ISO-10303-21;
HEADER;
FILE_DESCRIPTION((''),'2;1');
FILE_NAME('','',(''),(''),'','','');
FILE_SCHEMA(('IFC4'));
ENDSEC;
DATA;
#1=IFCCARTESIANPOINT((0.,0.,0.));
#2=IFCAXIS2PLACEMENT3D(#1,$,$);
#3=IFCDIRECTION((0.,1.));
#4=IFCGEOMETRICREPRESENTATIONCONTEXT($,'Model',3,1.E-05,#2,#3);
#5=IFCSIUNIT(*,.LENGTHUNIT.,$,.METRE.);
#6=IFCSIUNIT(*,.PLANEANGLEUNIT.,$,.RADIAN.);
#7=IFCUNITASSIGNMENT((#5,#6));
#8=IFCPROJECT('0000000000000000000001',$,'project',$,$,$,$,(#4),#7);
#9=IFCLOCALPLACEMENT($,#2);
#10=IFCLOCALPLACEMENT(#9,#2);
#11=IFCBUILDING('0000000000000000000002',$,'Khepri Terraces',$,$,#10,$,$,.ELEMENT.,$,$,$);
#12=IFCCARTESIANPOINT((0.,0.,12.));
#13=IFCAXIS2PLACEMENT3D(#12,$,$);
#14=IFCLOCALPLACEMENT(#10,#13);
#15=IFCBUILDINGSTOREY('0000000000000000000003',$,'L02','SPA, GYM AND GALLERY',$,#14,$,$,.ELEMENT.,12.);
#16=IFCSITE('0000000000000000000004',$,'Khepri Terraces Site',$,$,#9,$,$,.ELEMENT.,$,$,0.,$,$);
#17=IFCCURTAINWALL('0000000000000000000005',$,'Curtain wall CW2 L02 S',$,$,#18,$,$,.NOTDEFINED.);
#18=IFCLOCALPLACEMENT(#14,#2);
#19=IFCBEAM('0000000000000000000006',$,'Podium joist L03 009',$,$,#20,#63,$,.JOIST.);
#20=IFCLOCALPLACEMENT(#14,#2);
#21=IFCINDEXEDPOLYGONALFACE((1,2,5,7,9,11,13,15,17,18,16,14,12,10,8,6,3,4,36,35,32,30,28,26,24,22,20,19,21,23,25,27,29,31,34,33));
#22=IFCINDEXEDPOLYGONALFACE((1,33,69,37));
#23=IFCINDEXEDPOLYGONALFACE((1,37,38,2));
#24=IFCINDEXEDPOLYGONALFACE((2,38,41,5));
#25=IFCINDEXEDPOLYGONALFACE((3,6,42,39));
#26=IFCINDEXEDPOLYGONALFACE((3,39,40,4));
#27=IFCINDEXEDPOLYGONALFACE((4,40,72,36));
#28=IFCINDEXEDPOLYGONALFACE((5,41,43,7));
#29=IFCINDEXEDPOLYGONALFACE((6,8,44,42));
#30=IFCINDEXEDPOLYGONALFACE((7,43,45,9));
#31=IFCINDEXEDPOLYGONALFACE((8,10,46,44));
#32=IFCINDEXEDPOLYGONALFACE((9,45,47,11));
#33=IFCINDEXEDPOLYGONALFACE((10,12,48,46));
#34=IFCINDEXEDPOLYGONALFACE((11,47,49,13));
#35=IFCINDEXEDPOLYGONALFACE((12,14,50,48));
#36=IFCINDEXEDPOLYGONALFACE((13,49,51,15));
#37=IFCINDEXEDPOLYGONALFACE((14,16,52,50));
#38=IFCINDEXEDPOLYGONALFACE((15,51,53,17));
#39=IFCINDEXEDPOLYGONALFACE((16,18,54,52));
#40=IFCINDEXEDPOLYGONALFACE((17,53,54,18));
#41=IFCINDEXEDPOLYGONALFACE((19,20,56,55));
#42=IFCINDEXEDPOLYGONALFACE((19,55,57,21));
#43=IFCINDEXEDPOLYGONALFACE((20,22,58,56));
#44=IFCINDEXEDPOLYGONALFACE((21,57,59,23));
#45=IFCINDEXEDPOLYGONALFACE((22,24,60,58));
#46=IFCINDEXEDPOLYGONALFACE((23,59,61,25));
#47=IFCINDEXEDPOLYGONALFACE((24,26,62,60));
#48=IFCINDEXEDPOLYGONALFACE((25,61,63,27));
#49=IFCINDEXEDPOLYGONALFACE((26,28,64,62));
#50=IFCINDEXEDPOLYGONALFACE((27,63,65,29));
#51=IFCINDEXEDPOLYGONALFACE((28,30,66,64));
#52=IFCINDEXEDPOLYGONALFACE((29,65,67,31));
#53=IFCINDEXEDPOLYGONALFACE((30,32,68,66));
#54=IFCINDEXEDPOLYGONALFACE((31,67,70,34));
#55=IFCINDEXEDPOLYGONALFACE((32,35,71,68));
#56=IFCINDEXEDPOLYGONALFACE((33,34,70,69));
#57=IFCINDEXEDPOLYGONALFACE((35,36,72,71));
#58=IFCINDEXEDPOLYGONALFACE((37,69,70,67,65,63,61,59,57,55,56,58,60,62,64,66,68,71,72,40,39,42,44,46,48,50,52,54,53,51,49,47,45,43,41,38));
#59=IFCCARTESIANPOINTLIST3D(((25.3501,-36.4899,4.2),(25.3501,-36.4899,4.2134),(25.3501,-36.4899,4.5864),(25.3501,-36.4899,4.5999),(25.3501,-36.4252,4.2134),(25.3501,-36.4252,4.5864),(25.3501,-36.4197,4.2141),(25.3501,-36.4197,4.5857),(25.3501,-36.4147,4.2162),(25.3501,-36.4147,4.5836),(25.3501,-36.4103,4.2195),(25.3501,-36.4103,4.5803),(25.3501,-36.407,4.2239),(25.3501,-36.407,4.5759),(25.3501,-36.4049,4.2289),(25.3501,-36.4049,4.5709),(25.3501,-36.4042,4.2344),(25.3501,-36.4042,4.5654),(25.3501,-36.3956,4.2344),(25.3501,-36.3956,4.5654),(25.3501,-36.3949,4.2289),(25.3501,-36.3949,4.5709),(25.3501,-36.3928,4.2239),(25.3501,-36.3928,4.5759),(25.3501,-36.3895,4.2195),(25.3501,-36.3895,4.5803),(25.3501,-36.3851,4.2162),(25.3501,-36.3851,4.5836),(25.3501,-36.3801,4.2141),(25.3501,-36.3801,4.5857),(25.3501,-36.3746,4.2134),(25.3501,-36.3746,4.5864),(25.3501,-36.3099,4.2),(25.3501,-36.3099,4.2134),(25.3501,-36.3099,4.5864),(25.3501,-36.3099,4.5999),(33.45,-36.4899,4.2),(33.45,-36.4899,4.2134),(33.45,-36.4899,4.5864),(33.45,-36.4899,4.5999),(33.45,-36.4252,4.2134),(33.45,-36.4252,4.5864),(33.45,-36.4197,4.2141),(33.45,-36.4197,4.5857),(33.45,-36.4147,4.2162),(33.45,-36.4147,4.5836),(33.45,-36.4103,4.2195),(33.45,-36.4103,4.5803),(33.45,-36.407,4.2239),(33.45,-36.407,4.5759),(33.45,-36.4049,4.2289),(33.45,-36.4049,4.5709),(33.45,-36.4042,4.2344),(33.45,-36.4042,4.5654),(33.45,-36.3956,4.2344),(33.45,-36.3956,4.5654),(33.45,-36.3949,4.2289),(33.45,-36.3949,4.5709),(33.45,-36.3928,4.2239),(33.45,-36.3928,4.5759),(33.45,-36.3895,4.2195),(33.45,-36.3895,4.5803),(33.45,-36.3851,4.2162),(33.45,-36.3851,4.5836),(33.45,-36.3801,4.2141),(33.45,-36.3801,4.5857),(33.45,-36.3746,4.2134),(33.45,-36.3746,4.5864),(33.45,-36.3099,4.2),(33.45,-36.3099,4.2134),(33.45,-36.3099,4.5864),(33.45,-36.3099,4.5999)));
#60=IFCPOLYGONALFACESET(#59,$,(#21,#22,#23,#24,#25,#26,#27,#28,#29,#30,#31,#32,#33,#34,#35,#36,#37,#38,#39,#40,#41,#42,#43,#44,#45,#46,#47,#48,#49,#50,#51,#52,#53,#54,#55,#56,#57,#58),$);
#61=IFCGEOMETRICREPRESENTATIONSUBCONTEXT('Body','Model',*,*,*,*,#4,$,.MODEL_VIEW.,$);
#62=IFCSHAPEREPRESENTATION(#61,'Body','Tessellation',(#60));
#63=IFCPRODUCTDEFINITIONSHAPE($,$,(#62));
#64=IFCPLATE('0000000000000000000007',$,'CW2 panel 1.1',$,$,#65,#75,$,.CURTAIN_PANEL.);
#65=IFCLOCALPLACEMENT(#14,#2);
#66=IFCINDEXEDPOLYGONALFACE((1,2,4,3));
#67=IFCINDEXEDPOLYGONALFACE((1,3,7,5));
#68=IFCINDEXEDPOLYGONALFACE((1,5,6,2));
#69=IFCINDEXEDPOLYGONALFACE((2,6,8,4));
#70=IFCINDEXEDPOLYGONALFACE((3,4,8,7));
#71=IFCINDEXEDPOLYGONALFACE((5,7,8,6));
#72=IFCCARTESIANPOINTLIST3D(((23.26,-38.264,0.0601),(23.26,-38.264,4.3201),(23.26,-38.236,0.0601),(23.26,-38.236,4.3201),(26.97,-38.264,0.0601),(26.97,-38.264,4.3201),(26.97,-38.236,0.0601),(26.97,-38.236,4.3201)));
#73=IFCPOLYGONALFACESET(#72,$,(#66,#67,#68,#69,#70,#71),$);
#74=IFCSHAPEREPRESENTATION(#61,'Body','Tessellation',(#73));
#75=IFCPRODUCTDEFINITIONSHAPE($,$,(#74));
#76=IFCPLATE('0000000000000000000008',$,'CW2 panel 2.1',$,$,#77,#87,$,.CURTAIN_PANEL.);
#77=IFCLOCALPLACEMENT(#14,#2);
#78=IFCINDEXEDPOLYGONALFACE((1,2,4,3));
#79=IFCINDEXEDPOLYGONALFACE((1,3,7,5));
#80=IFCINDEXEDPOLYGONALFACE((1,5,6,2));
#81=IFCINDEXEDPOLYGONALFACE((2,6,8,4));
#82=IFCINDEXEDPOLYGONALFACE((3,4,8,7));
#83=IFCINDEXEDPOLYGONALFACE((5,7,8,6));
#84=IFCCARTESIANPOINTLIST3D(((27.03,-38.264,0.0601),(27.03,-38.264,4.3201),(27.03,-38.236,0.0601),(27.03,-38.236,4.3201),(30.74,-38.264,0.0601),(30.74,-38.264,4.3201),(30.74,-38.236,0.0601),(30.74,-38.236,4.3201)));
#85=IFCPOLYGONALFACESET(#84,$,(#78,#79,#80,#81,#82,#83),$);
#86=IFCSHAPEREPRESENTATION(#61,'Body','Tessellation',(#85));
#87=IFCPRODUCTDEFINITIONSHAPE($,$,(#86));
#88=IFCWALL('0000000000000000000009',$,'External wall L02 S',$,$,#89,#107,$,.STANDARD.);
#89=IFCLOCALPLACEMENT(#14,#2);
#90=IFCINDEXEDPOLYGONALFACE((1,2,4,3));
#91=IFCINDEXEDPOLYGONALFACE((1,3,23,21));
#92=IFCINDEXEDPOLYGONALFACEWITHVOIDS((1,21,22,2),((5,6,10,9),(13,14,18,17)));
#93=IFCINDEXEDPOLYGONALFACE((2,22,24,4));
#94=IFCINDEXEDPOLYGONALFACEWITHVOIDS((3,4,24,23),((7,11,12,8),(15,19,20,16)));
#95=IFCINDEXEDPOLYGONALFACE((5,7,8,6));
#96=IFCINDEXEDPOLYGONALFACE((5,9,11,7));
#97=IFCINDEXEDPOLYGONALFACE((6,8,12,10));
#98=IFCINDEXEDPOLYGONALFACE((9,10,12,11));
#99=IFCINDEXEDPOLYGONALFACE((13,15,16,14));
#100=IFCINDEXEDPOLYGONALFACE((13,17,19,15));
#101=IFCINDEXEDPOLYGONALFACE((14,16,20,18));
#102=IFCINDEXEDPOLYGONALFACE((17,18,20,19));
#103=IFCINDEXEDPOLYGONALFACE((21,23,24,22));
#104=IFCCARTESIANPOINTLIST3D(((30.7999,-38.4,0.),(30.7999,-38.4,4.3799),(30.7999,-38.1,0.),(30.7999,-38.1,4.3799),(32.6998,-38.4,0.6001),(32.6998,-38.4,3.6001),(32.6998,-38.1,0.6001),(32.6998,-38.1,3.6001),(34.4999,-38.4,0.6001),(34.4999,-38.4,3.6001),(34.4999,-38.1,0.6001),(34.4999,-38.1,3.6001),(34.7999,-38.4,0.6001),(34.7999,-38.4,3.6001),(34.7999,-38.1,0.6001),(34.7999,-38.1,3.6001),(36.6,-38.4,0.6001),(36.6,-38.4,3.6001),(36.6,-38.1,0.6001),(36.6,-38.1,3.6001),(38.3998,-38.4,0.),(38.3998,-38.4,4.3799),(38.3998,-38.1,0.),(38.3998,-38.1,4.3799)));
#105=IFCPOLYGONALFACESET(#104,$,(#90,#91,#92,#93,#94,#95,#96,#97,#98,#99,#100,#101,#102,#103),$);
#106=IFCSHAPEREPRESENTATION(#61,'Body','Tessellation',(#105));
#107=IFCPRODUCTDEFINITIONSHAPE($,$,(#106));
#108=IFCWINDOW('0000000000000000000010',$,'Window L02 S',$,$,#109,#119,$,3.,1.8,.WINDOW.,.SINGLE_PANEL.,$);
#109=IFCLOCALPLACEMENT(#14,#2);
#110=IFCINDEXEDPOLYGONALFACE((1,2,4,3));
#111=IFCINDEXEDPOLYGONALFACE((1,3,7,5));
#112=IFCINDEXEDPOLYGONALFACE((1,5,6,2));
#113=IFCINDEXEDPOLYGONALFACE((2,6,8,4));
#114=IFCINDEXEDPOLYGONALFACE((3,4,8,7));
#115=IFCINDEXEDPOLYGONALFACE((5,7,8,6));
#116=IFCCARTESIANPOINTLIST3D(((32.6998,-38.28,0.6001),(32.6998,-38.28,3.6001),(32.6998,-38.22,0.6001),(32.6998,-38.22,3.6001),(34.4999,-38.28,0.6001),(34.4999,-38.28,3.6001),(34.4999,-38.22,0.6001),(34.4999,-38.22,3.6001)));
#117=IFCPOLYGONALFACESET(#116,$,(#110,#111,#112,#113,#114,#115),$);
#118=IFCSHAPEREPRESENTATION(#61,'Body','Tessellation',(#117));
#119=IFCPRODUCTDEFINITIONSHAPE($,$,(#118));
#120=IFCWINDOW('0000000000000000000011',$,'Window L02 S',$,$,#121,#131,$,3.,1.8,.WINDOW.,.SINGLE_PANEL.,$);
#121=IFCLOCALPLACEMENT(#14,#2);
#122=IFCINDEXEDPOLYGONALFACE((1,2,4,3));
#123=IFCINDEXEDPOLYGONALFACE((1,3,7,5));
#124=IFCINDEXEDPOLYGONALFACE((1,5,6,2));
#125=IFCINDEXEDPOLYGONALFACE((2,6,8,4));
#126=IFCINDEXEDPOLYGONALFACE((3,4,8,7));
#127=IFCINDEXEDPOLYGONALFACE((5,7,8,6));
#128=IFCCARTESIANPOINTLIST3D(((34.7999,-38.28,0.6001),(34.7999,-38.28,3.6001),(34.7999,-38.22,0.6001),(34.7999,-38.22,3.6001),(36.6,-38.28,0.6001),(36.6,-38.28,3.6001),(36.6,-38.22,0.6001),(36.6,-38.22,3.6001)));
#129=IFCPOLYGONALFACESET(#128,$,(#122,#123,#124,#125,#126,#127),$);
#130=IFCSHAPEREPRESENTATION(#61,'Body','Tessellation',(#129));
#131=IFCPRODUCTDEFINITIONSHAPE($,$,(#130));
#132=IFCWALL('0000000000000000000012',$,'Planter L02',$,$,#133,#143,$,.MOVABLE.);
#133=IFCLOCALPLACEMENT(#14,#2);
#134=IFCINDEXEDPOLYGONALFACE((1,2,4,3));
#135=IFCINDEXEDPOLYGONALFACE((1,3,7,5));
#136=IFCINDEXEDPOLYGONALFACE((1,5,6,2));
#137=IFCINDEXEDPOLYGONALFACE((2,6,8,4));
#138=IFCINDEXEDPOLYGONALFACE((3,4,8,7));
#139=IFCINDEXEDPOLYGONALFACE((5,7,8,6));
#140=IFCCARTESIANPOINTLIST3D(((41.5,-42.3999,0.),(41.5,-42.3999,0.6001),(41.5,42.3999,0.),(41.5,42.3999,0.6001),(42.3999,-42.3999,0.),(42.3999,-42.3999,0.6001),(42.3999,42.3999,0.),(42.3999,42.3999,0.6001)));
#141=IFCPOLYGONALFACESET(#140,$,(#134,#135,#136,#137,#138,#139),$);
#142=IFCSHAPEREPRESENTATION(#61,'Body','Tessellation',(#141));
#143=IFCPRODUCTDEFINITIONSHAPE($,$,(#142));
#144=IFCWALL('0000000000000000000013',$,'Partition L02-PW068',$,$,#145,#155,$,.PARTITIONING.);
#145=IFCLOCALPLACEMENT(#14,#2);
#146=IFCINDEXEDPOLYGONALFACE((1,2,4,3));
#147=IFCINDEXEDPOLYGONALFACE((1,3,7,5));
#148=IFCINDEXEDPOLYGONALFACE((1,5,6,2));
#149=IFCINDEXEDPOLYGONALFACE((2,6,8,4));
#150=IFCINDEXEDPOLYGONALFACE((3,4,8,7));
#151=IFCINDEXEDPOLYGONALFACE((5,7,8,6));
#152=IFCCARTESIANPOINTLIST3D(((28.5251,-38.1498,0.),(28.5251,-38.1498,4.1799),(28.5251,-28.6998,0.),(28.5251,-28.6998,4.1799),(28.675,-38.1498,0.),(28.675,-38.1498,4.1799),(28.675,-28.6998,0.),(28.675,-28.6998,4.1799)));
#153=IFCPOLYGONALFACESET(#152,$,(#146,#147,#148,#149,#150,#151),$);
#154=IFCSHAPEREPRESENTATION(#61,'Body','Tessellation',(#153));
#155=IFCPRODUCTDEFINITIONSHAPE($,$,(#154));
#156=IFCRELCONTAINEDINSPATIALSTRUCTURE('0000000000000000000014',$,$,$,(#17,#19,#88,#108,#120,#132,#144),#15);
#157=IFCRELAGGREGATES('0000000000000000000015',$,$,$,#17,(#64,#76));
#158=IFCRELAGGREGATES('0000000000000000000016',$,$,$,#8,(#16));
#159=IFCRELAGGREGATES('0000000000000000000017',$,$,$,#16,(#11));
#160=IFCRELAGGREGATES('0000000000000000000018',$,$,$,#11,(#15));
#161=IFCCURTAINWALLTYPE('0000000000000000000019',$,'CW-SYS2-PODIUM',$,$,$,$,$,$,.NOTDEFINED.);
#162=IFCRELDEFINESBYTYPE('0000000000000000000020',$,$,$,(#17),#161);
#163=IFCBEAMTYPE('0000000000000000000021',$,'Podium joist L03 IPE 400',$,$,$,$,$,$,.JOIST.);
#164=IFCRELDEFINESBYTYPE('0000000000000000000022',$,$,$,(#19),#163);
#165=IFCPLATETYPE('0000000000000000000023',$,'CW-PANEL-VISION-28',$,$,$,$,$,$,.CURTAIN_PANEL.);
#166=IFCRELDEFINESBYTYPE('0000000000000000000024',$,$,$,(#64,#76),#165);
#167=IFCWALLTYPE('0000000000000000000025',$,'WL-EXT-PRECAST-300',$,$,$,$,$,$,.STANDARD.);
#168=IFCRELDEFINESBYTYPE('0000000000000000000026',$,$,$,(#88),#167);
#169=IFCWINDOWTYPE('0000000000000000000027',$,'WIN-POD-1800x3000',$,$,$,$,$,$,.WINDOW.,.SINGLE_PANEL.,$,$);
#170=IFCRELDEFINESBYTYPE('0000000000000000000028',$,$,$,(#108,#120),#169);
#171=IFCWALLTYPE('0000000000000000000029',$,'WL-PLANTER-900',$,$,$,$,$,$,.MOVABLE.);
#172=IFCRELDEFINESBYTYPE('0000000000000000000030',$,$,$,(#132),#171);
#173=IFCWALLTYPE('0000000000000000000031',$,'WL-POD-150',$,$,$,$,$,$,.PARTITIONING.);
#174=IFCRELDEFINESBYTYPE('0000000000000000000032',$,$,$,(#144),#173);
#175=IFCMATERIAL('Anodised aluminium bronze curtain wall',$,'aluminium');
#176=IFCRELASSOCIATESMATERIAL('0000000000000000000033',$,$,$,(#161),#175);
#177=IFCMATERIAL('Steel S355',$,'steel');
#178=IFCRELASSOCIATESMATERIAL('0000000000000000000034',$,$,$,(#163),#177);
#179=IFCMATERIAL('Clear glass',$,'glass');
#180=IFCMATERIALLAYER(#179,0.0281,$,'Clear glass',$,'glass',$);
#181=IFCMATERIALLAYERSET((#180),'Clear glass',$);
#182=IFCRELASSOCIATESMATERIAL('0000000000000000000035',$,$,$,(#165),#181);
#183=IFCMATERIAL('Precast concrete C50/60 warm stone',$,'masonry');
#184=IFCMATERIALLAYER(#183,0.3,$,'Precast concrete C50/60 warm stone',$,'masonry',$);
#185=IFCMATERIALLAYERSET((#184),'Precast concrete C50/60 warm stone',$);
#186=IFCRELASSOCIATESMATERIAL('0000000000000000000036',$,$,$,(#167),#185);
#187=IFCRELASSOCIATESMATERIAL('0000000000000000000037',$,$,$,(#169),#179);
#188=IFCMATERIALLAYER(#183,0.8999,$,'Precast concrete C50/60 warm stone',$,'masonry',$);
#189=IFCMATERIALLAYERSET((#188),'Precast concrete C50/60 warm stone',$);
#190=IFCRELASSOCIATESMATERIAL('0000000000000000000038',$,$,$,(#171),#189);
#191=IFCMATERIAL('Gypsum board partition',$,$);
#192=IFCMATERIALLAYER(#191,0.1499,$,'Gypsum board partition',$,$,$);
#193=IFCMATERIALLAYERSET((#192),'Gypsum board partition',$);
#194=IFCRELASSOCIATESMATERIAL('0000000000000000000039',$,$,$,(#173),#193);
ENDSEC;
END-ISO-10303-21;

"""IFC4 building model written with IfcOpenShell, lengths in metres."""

from ifc_helpers import new_model, si_unit, direction, frame, frame_2d, origin, origin_2d, place, context, subcontext, project, spatial, rectangle, i_section, extrude, material, layer, layer_set, material_profile, profile_set, type_object, element, fill, aggregate, save


model = new_model("IFC4")

# Units and contexts
model_context = context("Model", 3, precision=1e-05, world=origin(), true_north=direction((0.0, 1.0)))
body_context = subcontext(model_context, "Body", "Model", "MODEL_VIEW")
ifc_project = project(units=[si_unit("LENGTHUNIT", "METRE"), si_unit("PLANEANGLEUNIT", "RADIAN")], contexts=[model_context])

# Site, building, storey
site_placement = place(None, origin())
site = spatial("IfcSite", under=ifc_project, at=site_placement, Name="Khepri Terraces Site", CompositionType="ELEMENT", RefElevation=0.0)
building_placement = place(site_placement, origin())
building = spatial("IfcBuilding", under=site, at=building_placement, Name="Khepri Terraces", CompositionType="ELEMENT")
storey_placement = place(building_placement, frame((0.0, 0.0, 12.0)))
storey = spatial("IfcBuildingStorey", under=building, at=storey_placement, Name="L02", Description="SPA, GYM AND GALLERY", CompositionType="ELEMENT", Elevation=12.0)

# Curtain wall
ifc_material_1 = material(Name="Anodised aluminium bronze curtain wall", Category="aluminium")
curtain_wall_type = type_object("IfcCurtainWallType", Name="CW-SYS2-PODIUM", PredefinedType="NOTDEFINED", material=ifc_material_1)
curtain_wall_1_placement = place(storey_placement, origin())
curtain_wall_1 = element("IfcCurtainWall", 1, at=curtain_wall_1_placement, inside=storey, type_object=curtain_wall_type, Name="Curtain wall CW2 L02 S", PredefinedType="NOTDEFINED")

# Beam
ifc_material_2 = material(Name="Steel S355", Category="steel")
ifc_material_profile_1 = material_profile(ifc_material_2, i_section(OverallWidth=0.1799, OverallDepth=0.3999, WebThickness=0.0085, FlangeThickness=0.0134, FilletRadius=0.021, at=origin_2d()), Name="Steel S355", Category="steel")
ifc_profile_set_1 = profile_set([ifc_material_profile_1], Name="Steel S355")
beam_type_1 = type_object("IfcBeamType", Name="Podium joist L03 IPE 400", PredefinedType="JOIST", material=ifc_profile_set_1)
beam_1_placement = place(storey_placement, frame((25.3501, -36.3999, 4.3999), z_axis=(1.0, 0.0, 0.0), x_axis=(0.0, 1.0, 0.0)))
element("IfcBeam", 2, at=beam_1_placement, inside=storey, type_object=beam_type_1, Name="Podium joist L03 009", PredefinedType="JOIST", context=body_context, shape_type="SweptSolid", body=[
    extrude(i_section(OverallWidth=0.1799, OverallDepth=0.3999, WebThickness=0.0085, FlangeThickness=0.0134, FilletRadius=0.021, at=origin_2d()), origin(), (0.0, 0.0, 1.0), 8.0999),
])

# Plates
ifc_material_3 = material(Name="Clear glass", Category="glass")
ifc_layer_1 = layer(ifc_material_3, 0.0281, Name="Clear glass", Category="glass")
ifc_layer_set_1 = layer_set([ifc_layer_1], Name="Clear glass")
plate_type = type_object("IfcPlateType", Name="CW-PANEL-VISION-28", PredefinedType="CURTAIN_PANEL", material=ifc_layer_set_1)
plate_1_placement = place(storey_placement, frame((25.115, -38.25, 0.0601), z_axis=(0.0, 0.0, 1.0), x_axis=(1.0, 0.0, 0.0)))
plate_1 = element("IfcPlate", 3, at=plate_1_placement, type_object=plate_type, Name="CW2 panel 1.1", PredefinedType="CURTAIN_PANEL", context=body_context, shape_type="SweptSolid", body=[
    extrude(rectangle(XDim=3.71, YDim=0.0281, at=origin_2d()), origin(), (0.0, 0.0, 1.0), 4.26),
])
plate_2_placement = place(storey_placement, frame((28.885, -38.25, 0.0601), z_axis=(0.0, 0.0, 1.0), x_axis=(1.0, 0.0, 0.0)))
plate_2 = element("IfcPlate", 4, at=plate_2_placement, type_object=plate_type, Name="CW2 panel 2.1", PredefinedType="CURTAIN_PANEL", context=body_context, shape_type="SweptSolid", body=[
    extrude(rectangle(XDim=3.71, YDim=0.0281, at=origin_2d()), origin(), (0.0, 0.0, 1.0), 4.26),
])
aggregate(curtain_wall_1, [plate_1, plate_2])

# Wall, openings, windows
ifc_material_4 = material(Name="Precast concrete C50/60 warm stone", Category="masonry")
ifc_layer_2 = layer(ifc_material_4, 0.3, Name="Precast concrete C50/60 warm stone", Category="masonry")
ifc_layer_set_2 = layer_set([ifc_layer_2], Name="Precast concrete C50/60 warm stone")
wall_type_1 = type_object("IfcWallType", Name="WL-EXT-PRECAST-300", PredefinedType="STANDARD", material=ifc_layer_set_2)
wall_1_placement = place(storey_placement, frame((30.8, -38.25, 0.0), z_axis=(0.0, 0.0, 1.0), x_axis=(1.0, 0.0, 0.0)))
wall_1 = element("IfcWall", 5, at=wall_1_placement, inside=storey, type_object=wall_type_1, Name="External wall L02 S", PredefinedType="STANDARD", context=body_context, shape_type="SweptSolid", body=[
    extrude(rectangle(XDim=7.5999, YDim=0.3, at=frame_2d((3.7998, 0.0))), origin(), (0.0, 0.0, 1.0), 4.3799),
])
opening_1_placement = place(wall_1_placement, frame((1.8999, 0.0, 0.6001)))
opening_1 = element("IfcOpeningElement", 6, at=opening_1_placement, cuts=wall_1, PredefinedType="OPENING", context=body_context, shape_type="SweptSolid", body=[
    extrude(rectangle(XDim=1.8, YDim=3.0, at=frame_2d((0.8999, 1.5))), frame((0.0, 0.1602, 0.0), z_axis=(0.0, -1.0, 0.0), x_axis=(1.0, 0.0, 0.0)), (0.0, 0.0, 1.0), 0.3201),
])
opening_2_placement = place(wall_1_placement, frame((4.0, 0.0, 0.6001)))
opening_2 = element("IfcOpeningElement", 7, at=opening_2_placement, cuts=wall_1, PredefinedType="OPENING", context=body_context, shape_type="SweptSolid", body=[
    extrude(rectangle(XDim=1.8, YDim=3.0, at=frame_2d((0.8999, 1.5))), frame((0.0, 0.1602, 0.0), z_axis=(0.0, -1.0, 0.0), x_axis=(1.0, 0.0, 0.0)), (0.0, 0.0, 1.0), 0.3201),
])
window_type = type_object("IfcWindowType", Name="WIN-POD-1800x3000", PartitioningType="SINGLE_PANEL", PredefinedType="WINDOW", material=ifc_material_3)
window_1_placement = place(opening_1_placement, origin())
window_1 = element("IfcWindow", 8, at=window_1_placement, inside=storey, type_object=window_type, Name="Window L02 S", OverallHeight=3.0, OverallWidth=1.8, PartitioningType="SINGLE_PANEL", PredefinedType="WINDOW", context=body_context, shape_type="SweptSolid", body=[
    extrude(rectangle(XDim=1.8, YDim=3.0, at=frame_2d((0.8999, 1.5))), frame((0.0, 0.03, 0.0), z_axis=(0.0, -1.0, 0.0), x_axis=(1.0, 0.0, 0.0)), (0.0, 0.0, 1.0), 0.0601),
])
fill(opening_1, window_1)
window_2_placement = place(opening_2_placement, origin())
window_2 = element("IfcWindow", 9, at=window_2_placement, inside=storey, type_object=window_type, Name="Window L02 S", OverallHeight=3.0, OverallWidth=1.8, PartitioningType="SINGLE_PANEL", PredefinedType="WINDOW", context=body_context, shape_type="SweptSolid", body=[
    extrude(rectangle(XDim=1.8, YDim=3.0, at=frame_2d((0.8999, 1.5))), frame((0.0, 0.03, 0.0), z_axis=(0.0, -1.0, 0.0), x_axis=(1.0, 0.0, 0.0)), (0.0, 0.0, 1.0), 0.0601),
])
fill(opening_2, window_2)

# Walls
ifc_layer_3 = layer(ifc_material_4, 0.8999, Name="Precast concrete C50/60 warm stone", Category="masonry")
ifc_layer_set_3 = layer_set([ifc_layer_3], Name="Precast concrete C50/60 warm stone")
wall_type_2 = type_object("IfcWallType", Name="WL-PLANTER-900", PredefinedType="MOVABLE", material=ifc_layer_set_3)
wall_2_placement = place(storey_placement, frame((41.95, -42.3999, 0.0), z_axis=(0.0, 0.0, 1.0), x_axis=(0.0, 1.0, 0.0)))
element("IfcWall", 10, at=wall_2_placement, inside=storey, type_object=wall_type_2, Name="Planter L02", PredefinedType="MOVABLE", context=body_context, shape_type="SweptSolid", body=[
    extrude(rectangle(XDim=84.7998, YDim=0.8999, at=frame_2d((42.3999, 0.0))), origin(), (0.0, 0.0, 1.0), 0.6001),
])
ifc_material_5 = material(Name="Gypsum board partition")
ifc_layer_4 = layer(ifc_material_5, 0.1499, Name="Gypsum board partition")
ifc_layer_set_4 = layer_set([ifc_layer_4], Name="Gypsum board partition")
wall_type_3 = type_object("IfcWallType", Name="WL-POD-150", PredefinedType="PARTITIONING", material=ifc_layer_set_4)
wall_3_placement = place(storey_placement, frame((28.6001, -38.1499, 0.0), z_axis=(0.0, 0.0, 1.0), x_axis=(0.0, 1.0, 0.0)))
element("IfcWall", 11, at=wall_3_placement, inside=storey, type_object=wall_type_3, Name="Partition L02-PW068", PredefinedType="PARTITIONING", context=body_context, shape_type="SweptSolid", body=[
    extrude(rectangle(XDim=9.45, YDim=0.1499, at=frame_2d((4.7251, 0.0))), origin(), (0.0, 0.0, 1.0), 4.1799),
])

save(model, "model.ifc")
